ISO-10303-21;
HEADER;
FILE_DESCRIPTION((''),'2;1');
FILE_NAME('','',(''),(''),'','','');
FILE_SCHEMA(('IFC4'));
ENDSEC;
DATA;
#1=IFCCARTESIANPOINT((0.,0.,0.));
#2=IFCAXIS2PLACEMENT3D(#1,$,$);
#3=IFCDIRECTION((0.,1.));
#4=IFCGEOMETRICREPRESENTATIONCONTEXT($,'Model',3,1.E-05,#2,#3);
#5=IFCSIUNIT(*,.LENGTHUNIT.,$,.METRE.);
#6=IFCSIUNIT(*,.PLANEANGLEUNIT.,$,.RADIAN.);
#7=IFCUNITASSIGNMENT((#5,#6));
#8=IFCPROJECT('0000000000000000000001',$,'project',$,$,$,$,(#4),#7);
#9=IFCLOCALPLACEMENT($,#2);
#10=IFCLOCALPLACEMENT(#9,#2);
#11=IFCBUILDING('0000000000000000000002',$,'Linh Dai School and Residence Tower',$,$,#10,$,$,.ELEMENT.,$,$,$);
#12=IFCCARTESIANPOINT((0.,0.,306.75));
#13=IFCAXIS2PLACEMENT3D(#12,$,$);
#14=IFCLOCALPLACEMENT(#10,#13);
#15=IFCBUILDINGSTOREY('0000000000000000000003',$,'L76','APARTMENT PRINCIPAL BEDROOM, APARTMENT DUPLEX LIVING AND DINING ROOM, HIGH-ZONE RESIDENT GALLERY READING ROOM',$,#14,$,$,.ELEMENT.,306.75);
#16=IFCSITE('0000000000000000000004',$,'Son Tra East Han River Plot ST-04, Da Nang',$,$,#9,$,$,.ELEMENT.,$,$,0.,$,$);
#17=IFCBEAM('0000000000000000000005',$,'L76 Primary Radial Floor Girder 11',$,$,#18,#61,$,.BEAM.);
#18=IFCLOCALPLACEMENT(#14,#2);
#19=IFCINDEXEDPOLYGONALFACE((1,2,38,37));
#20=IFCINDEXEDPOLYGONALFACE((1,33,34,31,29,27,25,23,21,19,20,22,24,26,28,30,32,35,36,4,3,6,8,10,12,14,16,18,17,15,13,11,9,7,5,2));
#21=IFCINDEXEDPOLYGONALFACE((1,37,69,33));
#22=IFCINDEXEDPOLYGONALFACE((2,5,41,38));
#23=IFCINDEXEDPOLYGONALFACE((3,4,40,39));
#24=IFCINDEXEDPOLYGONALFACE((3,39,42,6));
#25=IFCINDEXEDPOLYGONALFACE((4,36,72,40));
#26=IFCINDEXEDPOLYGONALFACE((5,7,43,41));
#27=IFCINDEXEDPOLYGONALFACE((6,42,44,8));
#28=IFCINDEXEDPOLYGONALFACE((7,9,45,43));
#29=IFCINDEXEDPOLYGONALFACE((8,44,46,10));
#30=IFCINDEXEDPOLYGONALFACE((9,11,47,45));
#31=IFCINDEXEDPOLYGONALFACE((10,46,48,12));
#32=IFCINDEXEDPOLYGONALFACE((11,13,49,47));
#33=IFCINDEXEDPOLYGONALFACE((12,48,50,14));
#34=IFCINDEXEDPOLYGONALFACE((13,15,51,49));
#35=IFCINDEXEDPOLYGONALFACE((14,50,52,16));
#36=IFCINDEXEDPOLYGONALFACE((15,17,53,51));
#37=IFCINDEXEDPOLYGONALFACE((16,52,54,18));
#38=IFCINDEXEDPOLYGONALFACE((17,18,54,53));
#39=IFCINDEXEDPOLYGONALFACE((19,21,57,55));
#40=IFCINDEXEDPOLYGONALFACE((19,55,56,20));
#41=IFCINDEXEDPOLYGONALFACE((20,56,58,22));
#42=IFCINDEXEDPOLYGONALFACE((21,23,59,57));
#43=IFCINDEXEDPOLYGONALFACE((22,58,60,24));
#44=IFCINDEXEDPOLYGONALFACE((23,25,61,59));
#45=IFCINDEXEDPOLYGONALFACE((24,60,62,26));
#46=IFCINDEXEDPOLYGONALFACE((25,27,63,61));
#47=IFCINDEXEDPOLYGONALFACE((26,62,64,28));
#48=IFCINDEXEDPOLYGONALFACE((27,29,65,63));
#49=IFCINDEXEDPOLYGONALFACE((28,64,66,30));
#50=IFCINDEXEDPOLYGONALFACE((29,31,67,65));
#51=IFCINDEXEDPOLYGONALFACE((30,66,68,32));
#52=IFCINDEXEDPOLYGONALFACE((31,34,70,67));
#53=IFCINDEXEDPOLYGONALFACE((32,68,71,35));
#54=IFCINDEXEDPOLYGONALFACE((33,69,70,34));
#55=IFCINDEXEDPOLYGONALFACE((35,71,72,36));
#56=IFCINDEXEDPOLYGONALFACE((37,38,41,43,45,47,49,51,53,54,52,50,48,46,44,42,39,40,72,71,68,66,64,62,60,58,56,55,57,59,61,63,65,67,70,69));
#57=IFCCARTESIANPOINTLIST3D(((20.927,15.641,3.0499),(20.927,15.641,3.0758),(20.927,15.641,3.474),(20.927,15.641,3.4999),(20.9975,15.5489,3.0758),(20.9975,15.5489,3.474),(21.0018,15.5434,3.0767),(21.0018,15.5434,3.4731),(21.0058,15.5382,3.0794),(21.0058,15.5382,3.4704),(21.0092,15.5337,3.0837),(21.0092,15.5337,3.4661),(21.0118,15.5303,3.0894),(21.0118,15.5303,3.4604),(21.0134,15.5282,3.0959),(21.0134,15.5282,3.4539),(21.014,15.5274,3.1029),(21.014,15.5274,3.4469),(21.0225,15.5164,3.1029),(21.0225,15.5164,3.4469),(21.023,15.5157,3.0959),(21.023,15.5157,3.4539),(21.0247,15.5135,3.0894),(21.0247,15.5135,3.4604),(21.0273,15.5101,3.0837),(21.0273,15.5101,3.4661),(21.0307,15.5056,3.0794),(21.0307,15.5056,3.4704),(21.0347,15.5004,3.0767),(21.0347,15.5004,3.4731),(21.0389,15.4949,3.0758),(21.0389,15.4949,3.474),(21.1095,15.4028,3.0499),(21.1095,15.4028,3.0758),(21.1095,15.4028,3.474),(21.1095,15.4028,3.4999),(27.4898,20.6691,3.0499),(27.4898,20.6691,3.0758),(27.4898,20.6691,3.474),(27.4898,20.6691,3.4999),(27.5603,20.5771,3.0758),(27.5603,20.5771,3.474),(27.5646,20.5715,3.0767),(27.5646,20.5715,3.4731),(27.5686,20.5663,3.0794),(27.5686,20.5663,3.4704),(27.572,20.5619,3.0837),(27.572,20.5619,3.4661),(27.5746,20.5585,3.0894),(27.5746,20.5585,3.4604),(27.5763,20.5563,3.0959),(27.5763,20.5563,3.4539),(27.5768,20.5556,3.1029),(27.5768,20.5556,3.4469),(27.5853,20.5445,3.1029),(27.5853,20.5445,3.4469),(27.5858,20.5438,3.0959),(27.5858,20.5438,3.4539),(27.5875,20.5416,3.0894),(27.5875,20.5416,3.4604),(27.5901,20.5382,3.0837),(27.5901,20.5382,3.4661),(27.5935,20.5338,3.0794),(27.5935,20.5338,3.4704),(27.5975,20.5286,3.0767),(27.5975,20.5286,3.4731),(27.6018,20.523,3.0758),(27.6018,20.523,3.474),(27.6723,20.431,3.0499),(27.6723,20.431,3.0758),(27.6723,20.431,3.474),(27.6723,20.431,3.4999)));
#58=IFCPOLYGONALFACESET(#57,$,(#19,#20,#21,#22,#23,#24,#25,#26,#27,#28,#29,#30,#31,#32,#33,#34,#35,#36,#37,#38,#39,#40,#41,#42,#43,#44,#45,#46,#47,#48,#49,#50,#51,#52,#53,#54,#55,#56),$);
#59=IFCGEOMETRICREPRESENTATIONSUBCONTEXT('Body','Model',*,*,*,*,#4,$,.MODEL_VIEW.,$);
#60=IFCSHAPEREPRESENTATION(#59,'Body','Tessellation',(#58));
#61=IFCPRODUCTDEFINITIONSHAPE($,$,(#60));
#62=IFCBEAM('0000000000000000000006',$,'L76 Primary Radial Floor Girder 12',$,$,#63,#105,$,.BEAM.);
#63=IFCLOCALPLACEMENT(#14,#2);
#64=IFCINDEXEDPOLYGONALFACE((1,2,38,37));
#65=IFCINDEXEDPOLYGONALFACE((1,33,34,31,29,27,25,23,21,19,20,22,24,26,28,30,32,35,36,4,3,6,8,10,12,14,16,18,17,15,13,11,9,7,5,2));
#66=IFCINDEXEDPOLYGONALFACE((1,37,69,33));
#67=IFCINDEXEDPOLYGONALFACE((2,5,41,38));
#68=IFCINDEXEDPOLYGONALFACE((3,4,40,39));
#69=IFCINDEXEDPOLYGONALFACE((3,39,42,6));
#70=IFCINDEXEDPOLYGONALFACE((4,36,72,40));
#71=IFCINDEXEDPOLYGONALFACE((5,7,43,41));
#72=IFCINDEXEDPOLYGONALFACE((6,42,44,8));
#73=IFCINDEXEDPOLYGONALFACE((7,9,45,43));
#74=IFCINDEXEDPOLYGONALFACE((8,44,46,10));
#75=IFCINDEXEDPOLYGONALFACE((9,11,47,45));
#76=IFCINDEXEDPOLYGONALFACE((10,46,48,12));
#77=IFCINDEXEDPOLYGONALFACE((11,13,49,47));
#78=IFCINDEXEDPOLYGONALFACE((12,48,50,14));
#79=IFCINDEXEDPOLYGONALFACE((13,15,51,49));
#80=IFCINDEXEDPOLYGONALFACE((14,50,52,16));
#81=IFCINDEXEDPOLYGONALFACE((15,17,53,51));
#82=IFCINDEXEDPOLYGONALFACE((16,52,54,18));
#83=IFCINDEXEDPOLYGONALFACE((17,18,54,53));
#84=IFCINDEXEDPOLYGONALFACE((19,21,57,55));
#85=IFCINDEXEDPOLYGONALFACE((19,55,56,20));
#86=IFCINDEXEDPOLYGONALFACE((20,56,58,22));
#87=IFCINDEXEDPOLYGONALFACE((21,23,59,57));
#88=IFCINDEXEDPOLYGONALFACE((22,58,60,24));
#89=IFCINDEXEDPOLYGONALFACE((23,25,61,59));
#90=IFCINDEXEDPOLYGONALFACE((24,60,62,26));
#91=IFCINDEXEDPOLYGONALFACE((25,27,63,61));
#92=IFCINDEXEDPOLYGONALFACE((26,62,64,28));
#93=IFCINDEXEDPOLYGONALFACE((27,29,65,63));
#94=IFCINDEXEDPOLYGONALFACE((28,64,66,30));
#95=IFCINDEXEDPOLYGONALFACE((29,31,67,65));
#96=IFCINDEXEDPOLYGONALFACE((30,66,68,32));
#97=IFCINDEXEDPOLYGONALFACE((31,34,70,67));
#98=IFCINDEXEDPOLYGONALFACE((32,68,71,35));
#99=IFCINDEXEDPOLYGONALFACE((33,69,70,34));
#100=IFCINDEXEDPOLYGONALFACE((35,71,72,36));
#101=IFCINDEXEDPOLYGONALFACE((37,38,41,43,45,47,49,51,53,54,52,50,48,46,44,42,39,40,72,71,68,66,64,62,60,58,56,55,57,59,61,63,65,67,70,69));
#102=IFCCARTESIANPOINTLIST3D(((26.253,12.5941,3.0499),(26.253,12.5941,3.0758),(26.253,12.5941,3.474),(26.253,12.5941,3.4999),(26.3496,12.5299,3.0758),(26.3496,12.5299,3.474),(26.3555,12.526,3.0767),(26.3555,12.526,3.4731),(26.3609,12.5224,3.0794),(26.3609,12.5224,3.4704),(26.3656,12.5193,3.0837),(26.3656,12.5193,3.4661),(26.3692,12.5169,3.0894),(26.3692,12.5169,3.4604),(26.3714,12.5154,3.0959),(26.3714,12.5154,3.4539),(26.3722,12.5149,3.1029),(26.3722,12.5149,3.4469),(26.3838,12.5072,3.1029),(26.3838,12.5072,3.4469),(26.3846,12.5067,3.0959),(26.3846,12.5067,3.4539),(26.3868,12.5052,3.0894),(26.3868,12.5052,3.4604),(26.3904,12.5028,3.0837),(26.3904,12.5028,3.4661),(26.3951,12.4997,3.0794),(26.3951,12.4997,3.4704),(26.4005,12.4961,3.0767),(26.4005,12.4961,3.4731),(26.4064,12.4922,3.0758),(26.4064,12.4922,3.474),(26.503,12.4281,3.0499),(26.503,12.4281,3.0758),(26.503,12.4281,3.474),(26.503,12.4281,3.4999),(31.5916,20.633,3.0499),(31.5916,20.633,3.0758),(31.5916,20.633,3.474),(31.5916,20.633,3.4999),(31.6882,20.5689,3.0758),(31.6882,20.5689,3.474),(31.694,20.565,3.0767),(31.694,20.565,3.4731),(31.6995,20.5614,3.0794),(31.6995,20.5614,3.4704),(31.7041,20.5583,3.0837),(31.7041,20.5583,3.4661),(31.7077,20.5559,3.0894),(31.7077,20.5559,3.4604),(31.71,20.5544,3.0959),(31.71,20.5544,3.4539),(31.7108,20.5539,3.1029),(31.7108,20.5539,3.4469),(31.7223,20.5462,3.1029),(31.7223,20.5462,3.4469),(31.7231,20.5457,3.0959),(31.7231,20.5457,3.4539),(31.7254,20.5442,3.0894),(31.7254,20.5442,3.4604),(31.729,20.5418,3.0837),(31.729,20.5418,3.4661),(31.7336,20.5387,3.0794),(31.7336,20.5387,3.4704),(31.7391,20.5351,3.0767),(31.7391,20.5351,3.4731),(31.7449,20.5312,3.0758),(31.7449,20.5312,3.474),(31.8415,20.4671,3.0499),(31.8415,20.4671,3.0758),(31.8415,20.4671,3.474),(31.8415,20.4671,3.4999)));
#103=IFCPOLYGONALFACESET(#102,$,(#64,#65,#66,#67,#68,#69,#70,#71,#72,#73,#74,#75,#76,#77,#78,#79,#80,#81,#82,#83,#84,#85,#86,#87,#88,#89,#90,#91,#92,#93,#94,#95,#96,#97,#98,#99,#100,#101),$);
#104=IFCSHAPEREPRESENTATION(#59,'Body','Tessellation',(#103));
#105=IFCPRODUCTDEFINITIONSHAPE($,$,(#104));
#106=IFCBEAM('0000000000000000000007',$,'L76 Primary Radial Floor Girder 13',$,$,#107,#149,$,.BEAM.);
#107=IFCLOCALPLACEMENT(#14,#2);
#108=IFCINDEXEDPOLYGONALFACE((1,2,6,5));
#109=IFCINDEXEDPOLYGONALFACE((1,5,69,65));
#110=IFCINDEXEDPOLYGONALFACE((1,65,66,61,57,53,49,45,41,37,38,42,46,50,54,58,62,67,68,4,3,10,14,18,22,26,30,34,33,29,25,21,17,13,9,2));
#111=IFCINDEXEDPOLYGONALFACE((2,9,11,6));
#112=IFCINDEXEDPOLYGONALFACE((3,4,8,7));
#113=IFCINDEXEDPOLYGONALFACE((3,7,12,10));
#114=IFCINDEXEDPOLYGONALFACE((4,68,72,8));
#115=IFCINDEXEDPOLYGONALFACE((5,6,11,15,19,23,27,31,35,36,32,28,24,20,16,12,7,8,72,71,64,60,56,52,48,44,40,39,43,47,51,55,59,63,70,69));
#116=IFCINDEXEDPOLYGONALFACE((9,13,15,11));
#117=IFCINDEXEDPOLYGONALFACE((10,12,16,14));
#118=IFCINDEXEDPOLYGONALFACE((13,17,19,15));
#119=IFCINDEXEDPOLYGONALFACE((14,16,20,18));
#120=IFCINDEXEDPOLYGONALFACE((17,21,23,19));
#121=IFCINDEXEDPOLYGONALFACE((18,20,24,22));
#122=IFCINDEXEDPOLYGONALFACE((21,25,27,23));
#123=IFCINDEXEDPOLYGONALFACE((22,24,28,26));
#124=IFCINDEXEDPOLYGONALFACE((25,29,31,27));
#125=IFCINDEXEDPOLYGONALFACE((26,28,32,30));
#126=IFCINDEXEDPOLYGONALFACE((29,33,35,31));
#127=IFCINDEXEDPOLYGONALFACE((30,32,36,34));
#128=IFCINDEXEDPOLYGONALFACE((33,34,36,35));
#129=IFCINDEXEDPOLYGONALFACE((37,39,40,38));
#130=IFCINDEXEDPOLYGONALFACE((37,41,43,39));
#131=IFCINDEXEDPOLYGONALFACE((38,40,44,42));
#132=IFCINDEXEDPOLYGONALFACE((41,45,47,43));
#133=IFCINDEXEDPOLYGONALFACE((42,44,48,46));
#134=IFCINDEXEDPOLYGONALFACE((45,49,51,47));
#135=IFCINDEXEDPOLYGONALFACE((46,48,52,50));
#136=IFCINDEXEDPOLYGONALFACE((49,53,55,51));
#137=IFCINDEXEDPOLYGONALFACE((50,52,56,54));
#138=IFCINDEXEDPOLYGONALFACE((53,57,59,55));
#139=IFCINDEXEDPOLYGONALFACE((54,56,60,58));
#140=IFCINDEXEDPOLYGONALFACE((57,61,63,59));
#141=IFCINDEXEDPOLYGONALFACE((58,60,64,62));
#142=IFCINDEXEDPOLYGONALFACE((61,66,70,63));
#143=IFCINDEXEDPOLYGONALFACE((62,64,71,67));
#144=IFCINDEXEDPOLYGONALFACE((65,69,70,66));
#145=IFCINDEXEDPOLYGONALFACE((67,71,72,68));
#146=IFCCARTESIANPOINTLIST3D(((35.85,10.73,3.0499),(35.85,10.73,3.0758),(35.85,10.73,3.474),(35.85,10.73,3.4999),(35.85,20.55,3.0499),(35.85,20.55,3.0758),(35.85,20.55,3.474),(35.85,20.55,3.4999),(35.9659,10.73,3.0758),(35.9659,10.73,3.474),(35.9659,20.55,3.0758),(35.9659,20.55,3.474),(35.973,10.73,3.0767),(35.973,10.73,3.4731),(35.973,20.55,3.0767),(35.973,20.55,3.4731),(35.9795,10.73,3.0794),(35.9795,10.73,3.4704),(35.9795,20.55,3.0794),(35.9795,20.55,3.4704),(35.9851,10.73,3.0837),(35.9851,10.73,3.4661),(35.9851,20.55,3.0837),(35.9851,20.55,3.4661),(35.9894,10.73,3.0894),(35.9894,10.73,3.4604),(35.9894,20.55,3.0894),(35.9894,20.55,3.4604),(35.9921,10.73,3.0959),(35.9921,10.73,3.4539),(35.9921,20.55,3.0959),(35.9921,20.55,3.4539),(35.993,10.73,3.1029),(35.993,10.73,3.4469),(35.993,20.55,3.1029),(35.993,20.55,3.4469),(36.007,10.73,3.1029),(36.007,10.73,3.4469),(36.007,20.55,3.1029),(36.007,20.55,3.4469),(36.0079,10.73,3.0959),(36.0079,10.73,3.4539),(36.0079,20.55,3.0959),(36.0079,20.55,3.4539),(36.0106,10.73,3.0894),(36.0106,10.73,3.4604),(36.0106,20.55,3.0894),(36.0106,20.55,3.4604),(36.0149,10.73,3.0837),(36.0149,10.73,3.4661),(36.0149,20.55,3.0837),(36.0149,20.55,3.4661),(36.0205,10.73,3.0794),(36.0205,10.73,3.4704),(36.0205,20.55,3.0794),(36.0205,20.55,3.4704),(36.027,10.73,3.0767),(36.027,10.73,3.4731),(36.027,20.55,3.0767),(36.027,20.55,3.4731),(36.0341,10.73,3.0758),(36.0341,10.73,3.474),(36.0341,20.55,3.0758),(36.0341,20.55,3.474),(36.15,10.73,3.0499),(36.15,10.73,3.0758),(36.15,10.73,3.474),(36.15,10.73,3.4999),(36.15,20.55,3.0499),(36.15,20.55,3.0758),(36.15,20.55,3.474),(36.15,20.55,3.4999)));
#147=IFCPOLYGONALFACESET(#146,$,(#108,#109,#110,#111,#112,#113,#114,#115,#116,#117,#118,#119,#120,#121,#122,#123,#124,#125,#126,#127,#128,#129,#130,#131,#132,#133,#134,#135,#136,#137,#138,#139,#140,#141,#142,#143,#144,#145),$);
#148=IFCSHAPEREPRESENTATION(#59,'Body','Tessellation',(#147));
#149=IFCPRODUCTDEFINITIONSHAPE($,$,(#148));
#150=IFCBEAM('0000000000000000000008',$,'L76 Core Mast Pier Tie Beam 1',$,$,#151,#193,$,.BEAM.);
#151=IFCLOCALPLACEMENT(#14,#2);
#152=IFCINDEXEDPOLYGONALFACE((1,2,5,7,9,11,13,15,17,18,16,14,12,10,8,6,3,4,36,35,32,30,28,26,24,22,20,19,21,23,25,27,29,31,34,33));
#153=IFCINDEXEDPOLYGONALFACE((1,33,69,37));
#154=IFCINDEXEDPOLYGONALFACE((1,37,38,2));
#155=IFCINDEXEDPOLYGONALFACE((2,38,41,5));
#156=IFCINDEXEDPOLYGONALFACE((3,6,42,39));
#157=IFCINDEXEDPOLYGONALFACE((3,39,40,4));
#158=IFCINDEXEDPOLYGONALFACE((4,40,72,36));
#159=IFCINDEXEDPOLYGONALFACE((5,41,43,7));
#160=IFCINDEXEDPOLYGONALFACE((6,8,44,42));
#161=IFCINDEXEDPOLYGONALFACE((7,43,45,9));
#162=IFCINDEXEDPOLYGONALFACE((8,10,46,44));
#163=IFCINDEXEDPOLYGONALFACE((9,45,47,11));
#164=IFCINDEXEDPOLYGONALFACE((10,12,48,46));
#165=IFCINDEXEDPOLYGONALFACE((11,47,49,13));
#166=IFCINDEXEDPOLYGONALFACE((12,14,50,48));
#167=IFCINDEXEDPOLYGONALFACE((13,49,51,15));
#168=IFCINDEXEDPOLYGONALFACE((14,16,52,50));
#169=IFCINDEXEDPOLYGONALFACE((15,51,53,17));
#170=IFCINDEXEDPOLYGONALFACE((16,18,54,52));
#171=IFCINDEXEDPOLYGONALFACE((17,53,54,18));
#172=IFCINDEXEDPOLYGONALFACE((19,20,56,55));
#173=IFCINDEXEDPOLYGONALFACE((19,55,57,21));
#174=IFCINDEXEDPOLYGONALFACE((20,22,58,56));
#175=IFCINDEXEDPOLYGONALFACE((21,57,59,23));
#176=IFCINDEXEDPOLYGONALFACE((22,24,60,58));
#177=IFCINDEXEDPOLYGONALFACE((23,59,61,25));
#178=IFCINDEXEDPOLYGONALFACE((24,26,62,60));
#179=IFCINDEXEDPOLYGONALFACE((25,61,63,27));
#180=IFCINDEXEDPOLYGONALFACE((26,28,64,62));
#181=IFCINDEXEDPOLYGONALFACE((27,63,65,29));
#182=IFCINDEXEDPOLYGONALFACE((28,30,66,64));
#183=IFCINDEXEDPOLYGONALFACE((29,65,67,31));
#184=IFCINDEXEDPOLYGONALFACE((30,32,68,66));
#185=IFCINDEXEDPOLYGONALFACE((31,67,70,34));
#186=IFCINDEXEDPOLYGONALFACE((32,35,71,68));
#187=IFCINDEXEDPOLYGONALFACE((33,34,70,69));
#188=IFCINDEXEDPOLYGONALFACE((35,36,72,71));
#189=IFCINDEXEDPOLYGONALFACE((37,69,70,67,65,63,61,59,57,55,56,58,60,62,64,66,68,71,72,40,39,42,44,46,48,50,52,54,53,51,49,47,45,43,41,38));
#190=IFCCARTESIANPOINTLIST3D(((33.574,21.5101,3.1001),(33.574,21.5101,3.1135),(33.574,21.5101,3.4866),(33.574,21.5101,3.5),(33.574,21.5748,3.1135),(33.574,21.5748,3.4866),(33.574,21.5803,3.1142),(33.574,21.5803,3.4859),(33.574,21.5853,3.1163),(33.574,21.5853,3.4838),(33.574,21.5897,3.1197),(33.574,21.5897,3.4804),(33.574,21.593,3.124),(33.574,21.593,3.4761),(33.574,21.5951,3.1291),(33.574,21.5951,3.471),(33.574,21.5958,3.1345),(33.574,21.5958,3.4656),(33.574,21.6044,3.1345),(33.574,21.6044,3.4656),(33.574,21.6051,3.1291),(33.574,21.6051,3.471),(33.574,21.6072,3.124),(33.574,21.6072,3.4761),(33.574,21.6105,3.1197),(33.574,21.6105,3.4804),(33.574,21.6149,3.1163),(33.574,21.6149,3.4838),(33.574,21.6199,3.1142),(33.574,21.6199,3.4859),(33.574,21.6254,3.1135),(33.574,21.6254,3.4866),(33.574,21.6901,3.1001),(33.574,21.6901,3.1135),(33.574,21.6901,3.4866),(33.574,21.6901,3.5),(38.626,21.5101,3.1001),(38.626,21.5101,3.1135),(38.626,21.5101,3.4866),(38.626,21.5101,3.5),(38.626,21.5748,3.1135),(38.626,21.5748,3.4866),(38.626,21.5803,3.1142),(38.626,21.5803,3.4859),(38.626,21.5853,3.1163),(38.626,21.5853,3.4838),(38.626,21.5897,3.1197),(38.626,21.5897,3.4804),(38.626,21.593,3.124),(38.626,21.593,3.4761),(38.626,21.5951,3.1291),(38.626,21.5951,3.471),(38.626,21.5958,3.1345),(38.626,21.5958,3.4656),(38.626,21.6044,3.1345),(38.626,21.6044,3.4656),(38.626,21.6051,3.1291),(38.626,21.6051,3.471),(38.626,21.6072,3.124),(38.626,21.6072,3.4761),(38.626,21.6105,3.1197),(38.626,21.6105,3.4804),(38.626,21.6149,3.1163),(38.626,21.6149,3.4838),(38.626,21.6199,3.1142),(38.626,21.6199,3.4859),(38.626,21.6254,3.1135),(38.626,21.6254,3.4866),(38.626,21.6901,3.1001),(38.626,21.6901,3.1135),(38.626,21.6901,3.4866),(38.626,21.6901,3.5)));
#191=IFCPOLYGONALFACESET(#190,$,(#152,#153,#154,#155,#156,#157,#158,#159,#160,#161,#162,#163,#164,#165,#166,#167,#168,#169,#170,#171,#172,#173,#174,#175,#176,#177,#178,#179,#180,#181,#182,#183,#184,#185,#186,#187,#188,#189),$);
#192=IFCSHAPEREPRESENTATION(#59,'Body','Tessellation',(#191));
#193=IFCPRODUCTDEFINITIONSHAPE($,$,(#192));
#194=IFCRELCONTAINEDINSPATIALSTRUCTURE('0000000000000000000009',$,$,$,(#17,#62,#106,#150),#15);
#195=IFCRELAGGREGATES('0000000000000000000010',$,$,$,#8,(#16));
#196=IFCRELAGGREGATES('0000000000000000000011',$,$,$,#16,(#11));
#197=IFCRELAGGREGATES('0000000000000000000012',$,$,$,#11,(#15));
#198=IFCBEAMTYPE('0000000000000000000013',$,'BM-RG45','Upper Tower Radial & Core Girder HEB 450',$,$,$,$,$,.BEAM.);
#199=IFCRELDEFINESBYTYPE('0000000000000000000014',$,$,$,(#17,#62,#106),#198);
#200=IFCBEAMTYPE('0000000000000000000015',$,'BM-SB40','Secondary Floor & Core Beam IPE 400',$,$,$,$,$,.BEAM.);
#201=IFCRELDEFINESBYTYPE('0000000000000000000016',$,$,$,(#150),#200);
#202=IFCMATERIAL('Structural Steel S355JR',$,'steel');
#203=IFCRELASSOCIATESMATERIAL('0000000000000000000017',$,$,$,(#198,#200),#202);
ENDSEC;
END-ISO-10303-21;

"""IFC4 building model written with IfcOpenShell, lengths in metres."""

from ifc_helpers import new_model, si_unit, direction, frame, origin, origin_2d, place, context, subcontext, project, spatial, i_section, extrude, material, material_profile, profile_set, type_object, element, save


model = new_model("IFC4")

# Units and contexts
model_context = context("Model", 3, precision=1e-05, world=origin(), true_north=direction((0.0, 1.0)))
body_context = subcontext(model_context, "Body", "Model", "MODEL_VIEW")
ifc_project = project(units=[si_unit("LENGTHUNIT", "METRE"), si_unit("PLANEANGLEUNIT", "RADIAN")], contexts=[model_context])

# Site, building, storey
site_placement = place(None, origin())
site = spatial("IfcSite", under=ifc_project, at=site_placement, Name="Son Tra East Han River Plot ST-04, Da Nang", CompositionType="ELEMENT", RefElevation=0.0)
building_placement = place(site_placement, origin())
building = spatial("IfcBuilding", under=site, at=building_placement, Name="Linh Dai School and Residence Tower", CompositionType="ELEMENT")
storey_placement = place(building_placement, frame((0.0, 0.0, 306.75)))
storey = spatial("IfcBuildingStorey", under=building, at=storey_placement, Name="L76", Description="APARTMENT PRINCIPAL BEDROOM, APARTMENT DUPLEX LIVING AND DINING ROOM, HIGH-ZONE RESIDENT GALLERY READING ROOM", CompositionType="ELEMENT", Elevation=306.75)

# Shared definitions
ifc_material_1 = material(Name="Structural Steel S355JR", Category="steel")

# Beams
ifc_material_profile_1 = material_profile(ifc_material_1, i_section(OverallWidth=0.3, OverallDepth=0.45, WebThickness=0.0139, FlangeThickness=0.0259, FilletRadius=0.0271, at=origin_2d()), Name="HEB 450")
ifc_profile_set_1 = profile_set([ifc_material_profile_1], Name="Structural Steel S355JR")
beam_type_1 = type_object("IfcBeamType", Name="BM-RG45", Description="Upper Tower Radial & Core Girder HEB 450", PredefinedType="BEAM", material=ifc_profile_set_1)
beam_1_placement = place(storey_placement, frame((27.5811, 20.55, 3.2749), z_axis=(-0.793803, -0.608175, 0.0), x_axis=(0.608175, -0.793803, 0.0)))
element("IfcBeam", 1, at=beam_1_placement, inside=storey, type_object=beam_type_1, Name="L76 Primary Radial Floor Girder 11", PredefinedType="BEAM", context=body_context, shape_type="SweptSolid", body=[
    extrude(i_section(OverallWidth=0.3, OverallDepth=0.45, WebThickness=0.0139, FlangeThickness=0.0259, FilletRadius=0.0271, at=origin_2d()), origin(), (0.0, 0.0, 1.0), 8.2676),
])
beam_2_placement = place(storey_placement, frame((31.7166, 20.55, 3.2749), z_axis=(-0.553211, -0.833041, 0.0), x_axis=(0.833041, -0.553211, 0.0)))
element("IfcBeam", 2, at=beam_2_placement, inside=storey, type_object=beam_type_1, Name="L76 Primary Radial Floor Girder 12", PredefinedType="BEAM", context=body_context, shape_type="SweptSolid", body=[
    extrude(i_section(OverallWidth=0.3, OverallDepth=0.45, WebThickness=0.0139, FlangeThickness=0.0259, FilletRadius=0.0271, at=origin_2d()), origin(), (0.0, 0.0, 1.0), 9.6501),
])
beam_3_placement = place(storey_placement, frame((36.0, 20.55, 3.2749), z_axis=(0.0, -1.0, 0.0), x_axis=(1.0, 0.0, 0.0)))
element("IfcBeam", 3, at=beam_3_placement, inside=storey, type_object=beam_type_1, Name="L76 Primary Radial Floor Girder 13", PredefinedType="BEAM", context=body_context, shape_type="SweptSolid", body=[
    extrude(i_section(OverallWidth=0.3, OverallDepth=0.45, WebThickness=0.0139, FlangeThickness=0.0259, FilletRadius=0.0271, at=origin_2d()), origin(), (0.0, 0.0, 1.0), 9.8201),
])
ifc_material_profile_2 = material_profile(ifc_material_1, i_section(OverallWidth=0.1799, OverallDepth=0.3999, WebThickness=0.0085, FlangeThickness=0.0134, FilletRadius=0.021, at=origin_2d()), Name="IPE 400")
ifc_profile_set_2 = profile_set([ifc_material_profile_2], Name="Structural Steel S355JR")
beam_type_2 = type_object("IfcBeamType", Name="BM-SB40", Description="Secondary Floor & Core Beam IPE 400", PredefinedType="BEAM", material=ifc_profile_set_2)
beam_4_placement = place(storey_placement, frame((33.574, 21.6001, 3.3), z_axis=(1.0, 0.0, 0.0), x_axis=(0.0, 1.0, 0.0)))
element("IfcBeam", 4, at=beam_4_placement, inside=storey, type_object=beam_type_2, Name="L76 Core Mast Pier Tie Beam 1", PredefinedType="BEAM", context=body_context, shape_type="SweptSolid", body=[
    extrude(i_section(OverallWidth=0.1799, OverallDepth=0.3999, WebThickness=0.0085, FlangeThickness=0.0134, FilletRadius=0.021, at=origin_2d()), origin(), (0.0, 0.0, 1.0), 5.052),
])

save(model, "model.ifc")
